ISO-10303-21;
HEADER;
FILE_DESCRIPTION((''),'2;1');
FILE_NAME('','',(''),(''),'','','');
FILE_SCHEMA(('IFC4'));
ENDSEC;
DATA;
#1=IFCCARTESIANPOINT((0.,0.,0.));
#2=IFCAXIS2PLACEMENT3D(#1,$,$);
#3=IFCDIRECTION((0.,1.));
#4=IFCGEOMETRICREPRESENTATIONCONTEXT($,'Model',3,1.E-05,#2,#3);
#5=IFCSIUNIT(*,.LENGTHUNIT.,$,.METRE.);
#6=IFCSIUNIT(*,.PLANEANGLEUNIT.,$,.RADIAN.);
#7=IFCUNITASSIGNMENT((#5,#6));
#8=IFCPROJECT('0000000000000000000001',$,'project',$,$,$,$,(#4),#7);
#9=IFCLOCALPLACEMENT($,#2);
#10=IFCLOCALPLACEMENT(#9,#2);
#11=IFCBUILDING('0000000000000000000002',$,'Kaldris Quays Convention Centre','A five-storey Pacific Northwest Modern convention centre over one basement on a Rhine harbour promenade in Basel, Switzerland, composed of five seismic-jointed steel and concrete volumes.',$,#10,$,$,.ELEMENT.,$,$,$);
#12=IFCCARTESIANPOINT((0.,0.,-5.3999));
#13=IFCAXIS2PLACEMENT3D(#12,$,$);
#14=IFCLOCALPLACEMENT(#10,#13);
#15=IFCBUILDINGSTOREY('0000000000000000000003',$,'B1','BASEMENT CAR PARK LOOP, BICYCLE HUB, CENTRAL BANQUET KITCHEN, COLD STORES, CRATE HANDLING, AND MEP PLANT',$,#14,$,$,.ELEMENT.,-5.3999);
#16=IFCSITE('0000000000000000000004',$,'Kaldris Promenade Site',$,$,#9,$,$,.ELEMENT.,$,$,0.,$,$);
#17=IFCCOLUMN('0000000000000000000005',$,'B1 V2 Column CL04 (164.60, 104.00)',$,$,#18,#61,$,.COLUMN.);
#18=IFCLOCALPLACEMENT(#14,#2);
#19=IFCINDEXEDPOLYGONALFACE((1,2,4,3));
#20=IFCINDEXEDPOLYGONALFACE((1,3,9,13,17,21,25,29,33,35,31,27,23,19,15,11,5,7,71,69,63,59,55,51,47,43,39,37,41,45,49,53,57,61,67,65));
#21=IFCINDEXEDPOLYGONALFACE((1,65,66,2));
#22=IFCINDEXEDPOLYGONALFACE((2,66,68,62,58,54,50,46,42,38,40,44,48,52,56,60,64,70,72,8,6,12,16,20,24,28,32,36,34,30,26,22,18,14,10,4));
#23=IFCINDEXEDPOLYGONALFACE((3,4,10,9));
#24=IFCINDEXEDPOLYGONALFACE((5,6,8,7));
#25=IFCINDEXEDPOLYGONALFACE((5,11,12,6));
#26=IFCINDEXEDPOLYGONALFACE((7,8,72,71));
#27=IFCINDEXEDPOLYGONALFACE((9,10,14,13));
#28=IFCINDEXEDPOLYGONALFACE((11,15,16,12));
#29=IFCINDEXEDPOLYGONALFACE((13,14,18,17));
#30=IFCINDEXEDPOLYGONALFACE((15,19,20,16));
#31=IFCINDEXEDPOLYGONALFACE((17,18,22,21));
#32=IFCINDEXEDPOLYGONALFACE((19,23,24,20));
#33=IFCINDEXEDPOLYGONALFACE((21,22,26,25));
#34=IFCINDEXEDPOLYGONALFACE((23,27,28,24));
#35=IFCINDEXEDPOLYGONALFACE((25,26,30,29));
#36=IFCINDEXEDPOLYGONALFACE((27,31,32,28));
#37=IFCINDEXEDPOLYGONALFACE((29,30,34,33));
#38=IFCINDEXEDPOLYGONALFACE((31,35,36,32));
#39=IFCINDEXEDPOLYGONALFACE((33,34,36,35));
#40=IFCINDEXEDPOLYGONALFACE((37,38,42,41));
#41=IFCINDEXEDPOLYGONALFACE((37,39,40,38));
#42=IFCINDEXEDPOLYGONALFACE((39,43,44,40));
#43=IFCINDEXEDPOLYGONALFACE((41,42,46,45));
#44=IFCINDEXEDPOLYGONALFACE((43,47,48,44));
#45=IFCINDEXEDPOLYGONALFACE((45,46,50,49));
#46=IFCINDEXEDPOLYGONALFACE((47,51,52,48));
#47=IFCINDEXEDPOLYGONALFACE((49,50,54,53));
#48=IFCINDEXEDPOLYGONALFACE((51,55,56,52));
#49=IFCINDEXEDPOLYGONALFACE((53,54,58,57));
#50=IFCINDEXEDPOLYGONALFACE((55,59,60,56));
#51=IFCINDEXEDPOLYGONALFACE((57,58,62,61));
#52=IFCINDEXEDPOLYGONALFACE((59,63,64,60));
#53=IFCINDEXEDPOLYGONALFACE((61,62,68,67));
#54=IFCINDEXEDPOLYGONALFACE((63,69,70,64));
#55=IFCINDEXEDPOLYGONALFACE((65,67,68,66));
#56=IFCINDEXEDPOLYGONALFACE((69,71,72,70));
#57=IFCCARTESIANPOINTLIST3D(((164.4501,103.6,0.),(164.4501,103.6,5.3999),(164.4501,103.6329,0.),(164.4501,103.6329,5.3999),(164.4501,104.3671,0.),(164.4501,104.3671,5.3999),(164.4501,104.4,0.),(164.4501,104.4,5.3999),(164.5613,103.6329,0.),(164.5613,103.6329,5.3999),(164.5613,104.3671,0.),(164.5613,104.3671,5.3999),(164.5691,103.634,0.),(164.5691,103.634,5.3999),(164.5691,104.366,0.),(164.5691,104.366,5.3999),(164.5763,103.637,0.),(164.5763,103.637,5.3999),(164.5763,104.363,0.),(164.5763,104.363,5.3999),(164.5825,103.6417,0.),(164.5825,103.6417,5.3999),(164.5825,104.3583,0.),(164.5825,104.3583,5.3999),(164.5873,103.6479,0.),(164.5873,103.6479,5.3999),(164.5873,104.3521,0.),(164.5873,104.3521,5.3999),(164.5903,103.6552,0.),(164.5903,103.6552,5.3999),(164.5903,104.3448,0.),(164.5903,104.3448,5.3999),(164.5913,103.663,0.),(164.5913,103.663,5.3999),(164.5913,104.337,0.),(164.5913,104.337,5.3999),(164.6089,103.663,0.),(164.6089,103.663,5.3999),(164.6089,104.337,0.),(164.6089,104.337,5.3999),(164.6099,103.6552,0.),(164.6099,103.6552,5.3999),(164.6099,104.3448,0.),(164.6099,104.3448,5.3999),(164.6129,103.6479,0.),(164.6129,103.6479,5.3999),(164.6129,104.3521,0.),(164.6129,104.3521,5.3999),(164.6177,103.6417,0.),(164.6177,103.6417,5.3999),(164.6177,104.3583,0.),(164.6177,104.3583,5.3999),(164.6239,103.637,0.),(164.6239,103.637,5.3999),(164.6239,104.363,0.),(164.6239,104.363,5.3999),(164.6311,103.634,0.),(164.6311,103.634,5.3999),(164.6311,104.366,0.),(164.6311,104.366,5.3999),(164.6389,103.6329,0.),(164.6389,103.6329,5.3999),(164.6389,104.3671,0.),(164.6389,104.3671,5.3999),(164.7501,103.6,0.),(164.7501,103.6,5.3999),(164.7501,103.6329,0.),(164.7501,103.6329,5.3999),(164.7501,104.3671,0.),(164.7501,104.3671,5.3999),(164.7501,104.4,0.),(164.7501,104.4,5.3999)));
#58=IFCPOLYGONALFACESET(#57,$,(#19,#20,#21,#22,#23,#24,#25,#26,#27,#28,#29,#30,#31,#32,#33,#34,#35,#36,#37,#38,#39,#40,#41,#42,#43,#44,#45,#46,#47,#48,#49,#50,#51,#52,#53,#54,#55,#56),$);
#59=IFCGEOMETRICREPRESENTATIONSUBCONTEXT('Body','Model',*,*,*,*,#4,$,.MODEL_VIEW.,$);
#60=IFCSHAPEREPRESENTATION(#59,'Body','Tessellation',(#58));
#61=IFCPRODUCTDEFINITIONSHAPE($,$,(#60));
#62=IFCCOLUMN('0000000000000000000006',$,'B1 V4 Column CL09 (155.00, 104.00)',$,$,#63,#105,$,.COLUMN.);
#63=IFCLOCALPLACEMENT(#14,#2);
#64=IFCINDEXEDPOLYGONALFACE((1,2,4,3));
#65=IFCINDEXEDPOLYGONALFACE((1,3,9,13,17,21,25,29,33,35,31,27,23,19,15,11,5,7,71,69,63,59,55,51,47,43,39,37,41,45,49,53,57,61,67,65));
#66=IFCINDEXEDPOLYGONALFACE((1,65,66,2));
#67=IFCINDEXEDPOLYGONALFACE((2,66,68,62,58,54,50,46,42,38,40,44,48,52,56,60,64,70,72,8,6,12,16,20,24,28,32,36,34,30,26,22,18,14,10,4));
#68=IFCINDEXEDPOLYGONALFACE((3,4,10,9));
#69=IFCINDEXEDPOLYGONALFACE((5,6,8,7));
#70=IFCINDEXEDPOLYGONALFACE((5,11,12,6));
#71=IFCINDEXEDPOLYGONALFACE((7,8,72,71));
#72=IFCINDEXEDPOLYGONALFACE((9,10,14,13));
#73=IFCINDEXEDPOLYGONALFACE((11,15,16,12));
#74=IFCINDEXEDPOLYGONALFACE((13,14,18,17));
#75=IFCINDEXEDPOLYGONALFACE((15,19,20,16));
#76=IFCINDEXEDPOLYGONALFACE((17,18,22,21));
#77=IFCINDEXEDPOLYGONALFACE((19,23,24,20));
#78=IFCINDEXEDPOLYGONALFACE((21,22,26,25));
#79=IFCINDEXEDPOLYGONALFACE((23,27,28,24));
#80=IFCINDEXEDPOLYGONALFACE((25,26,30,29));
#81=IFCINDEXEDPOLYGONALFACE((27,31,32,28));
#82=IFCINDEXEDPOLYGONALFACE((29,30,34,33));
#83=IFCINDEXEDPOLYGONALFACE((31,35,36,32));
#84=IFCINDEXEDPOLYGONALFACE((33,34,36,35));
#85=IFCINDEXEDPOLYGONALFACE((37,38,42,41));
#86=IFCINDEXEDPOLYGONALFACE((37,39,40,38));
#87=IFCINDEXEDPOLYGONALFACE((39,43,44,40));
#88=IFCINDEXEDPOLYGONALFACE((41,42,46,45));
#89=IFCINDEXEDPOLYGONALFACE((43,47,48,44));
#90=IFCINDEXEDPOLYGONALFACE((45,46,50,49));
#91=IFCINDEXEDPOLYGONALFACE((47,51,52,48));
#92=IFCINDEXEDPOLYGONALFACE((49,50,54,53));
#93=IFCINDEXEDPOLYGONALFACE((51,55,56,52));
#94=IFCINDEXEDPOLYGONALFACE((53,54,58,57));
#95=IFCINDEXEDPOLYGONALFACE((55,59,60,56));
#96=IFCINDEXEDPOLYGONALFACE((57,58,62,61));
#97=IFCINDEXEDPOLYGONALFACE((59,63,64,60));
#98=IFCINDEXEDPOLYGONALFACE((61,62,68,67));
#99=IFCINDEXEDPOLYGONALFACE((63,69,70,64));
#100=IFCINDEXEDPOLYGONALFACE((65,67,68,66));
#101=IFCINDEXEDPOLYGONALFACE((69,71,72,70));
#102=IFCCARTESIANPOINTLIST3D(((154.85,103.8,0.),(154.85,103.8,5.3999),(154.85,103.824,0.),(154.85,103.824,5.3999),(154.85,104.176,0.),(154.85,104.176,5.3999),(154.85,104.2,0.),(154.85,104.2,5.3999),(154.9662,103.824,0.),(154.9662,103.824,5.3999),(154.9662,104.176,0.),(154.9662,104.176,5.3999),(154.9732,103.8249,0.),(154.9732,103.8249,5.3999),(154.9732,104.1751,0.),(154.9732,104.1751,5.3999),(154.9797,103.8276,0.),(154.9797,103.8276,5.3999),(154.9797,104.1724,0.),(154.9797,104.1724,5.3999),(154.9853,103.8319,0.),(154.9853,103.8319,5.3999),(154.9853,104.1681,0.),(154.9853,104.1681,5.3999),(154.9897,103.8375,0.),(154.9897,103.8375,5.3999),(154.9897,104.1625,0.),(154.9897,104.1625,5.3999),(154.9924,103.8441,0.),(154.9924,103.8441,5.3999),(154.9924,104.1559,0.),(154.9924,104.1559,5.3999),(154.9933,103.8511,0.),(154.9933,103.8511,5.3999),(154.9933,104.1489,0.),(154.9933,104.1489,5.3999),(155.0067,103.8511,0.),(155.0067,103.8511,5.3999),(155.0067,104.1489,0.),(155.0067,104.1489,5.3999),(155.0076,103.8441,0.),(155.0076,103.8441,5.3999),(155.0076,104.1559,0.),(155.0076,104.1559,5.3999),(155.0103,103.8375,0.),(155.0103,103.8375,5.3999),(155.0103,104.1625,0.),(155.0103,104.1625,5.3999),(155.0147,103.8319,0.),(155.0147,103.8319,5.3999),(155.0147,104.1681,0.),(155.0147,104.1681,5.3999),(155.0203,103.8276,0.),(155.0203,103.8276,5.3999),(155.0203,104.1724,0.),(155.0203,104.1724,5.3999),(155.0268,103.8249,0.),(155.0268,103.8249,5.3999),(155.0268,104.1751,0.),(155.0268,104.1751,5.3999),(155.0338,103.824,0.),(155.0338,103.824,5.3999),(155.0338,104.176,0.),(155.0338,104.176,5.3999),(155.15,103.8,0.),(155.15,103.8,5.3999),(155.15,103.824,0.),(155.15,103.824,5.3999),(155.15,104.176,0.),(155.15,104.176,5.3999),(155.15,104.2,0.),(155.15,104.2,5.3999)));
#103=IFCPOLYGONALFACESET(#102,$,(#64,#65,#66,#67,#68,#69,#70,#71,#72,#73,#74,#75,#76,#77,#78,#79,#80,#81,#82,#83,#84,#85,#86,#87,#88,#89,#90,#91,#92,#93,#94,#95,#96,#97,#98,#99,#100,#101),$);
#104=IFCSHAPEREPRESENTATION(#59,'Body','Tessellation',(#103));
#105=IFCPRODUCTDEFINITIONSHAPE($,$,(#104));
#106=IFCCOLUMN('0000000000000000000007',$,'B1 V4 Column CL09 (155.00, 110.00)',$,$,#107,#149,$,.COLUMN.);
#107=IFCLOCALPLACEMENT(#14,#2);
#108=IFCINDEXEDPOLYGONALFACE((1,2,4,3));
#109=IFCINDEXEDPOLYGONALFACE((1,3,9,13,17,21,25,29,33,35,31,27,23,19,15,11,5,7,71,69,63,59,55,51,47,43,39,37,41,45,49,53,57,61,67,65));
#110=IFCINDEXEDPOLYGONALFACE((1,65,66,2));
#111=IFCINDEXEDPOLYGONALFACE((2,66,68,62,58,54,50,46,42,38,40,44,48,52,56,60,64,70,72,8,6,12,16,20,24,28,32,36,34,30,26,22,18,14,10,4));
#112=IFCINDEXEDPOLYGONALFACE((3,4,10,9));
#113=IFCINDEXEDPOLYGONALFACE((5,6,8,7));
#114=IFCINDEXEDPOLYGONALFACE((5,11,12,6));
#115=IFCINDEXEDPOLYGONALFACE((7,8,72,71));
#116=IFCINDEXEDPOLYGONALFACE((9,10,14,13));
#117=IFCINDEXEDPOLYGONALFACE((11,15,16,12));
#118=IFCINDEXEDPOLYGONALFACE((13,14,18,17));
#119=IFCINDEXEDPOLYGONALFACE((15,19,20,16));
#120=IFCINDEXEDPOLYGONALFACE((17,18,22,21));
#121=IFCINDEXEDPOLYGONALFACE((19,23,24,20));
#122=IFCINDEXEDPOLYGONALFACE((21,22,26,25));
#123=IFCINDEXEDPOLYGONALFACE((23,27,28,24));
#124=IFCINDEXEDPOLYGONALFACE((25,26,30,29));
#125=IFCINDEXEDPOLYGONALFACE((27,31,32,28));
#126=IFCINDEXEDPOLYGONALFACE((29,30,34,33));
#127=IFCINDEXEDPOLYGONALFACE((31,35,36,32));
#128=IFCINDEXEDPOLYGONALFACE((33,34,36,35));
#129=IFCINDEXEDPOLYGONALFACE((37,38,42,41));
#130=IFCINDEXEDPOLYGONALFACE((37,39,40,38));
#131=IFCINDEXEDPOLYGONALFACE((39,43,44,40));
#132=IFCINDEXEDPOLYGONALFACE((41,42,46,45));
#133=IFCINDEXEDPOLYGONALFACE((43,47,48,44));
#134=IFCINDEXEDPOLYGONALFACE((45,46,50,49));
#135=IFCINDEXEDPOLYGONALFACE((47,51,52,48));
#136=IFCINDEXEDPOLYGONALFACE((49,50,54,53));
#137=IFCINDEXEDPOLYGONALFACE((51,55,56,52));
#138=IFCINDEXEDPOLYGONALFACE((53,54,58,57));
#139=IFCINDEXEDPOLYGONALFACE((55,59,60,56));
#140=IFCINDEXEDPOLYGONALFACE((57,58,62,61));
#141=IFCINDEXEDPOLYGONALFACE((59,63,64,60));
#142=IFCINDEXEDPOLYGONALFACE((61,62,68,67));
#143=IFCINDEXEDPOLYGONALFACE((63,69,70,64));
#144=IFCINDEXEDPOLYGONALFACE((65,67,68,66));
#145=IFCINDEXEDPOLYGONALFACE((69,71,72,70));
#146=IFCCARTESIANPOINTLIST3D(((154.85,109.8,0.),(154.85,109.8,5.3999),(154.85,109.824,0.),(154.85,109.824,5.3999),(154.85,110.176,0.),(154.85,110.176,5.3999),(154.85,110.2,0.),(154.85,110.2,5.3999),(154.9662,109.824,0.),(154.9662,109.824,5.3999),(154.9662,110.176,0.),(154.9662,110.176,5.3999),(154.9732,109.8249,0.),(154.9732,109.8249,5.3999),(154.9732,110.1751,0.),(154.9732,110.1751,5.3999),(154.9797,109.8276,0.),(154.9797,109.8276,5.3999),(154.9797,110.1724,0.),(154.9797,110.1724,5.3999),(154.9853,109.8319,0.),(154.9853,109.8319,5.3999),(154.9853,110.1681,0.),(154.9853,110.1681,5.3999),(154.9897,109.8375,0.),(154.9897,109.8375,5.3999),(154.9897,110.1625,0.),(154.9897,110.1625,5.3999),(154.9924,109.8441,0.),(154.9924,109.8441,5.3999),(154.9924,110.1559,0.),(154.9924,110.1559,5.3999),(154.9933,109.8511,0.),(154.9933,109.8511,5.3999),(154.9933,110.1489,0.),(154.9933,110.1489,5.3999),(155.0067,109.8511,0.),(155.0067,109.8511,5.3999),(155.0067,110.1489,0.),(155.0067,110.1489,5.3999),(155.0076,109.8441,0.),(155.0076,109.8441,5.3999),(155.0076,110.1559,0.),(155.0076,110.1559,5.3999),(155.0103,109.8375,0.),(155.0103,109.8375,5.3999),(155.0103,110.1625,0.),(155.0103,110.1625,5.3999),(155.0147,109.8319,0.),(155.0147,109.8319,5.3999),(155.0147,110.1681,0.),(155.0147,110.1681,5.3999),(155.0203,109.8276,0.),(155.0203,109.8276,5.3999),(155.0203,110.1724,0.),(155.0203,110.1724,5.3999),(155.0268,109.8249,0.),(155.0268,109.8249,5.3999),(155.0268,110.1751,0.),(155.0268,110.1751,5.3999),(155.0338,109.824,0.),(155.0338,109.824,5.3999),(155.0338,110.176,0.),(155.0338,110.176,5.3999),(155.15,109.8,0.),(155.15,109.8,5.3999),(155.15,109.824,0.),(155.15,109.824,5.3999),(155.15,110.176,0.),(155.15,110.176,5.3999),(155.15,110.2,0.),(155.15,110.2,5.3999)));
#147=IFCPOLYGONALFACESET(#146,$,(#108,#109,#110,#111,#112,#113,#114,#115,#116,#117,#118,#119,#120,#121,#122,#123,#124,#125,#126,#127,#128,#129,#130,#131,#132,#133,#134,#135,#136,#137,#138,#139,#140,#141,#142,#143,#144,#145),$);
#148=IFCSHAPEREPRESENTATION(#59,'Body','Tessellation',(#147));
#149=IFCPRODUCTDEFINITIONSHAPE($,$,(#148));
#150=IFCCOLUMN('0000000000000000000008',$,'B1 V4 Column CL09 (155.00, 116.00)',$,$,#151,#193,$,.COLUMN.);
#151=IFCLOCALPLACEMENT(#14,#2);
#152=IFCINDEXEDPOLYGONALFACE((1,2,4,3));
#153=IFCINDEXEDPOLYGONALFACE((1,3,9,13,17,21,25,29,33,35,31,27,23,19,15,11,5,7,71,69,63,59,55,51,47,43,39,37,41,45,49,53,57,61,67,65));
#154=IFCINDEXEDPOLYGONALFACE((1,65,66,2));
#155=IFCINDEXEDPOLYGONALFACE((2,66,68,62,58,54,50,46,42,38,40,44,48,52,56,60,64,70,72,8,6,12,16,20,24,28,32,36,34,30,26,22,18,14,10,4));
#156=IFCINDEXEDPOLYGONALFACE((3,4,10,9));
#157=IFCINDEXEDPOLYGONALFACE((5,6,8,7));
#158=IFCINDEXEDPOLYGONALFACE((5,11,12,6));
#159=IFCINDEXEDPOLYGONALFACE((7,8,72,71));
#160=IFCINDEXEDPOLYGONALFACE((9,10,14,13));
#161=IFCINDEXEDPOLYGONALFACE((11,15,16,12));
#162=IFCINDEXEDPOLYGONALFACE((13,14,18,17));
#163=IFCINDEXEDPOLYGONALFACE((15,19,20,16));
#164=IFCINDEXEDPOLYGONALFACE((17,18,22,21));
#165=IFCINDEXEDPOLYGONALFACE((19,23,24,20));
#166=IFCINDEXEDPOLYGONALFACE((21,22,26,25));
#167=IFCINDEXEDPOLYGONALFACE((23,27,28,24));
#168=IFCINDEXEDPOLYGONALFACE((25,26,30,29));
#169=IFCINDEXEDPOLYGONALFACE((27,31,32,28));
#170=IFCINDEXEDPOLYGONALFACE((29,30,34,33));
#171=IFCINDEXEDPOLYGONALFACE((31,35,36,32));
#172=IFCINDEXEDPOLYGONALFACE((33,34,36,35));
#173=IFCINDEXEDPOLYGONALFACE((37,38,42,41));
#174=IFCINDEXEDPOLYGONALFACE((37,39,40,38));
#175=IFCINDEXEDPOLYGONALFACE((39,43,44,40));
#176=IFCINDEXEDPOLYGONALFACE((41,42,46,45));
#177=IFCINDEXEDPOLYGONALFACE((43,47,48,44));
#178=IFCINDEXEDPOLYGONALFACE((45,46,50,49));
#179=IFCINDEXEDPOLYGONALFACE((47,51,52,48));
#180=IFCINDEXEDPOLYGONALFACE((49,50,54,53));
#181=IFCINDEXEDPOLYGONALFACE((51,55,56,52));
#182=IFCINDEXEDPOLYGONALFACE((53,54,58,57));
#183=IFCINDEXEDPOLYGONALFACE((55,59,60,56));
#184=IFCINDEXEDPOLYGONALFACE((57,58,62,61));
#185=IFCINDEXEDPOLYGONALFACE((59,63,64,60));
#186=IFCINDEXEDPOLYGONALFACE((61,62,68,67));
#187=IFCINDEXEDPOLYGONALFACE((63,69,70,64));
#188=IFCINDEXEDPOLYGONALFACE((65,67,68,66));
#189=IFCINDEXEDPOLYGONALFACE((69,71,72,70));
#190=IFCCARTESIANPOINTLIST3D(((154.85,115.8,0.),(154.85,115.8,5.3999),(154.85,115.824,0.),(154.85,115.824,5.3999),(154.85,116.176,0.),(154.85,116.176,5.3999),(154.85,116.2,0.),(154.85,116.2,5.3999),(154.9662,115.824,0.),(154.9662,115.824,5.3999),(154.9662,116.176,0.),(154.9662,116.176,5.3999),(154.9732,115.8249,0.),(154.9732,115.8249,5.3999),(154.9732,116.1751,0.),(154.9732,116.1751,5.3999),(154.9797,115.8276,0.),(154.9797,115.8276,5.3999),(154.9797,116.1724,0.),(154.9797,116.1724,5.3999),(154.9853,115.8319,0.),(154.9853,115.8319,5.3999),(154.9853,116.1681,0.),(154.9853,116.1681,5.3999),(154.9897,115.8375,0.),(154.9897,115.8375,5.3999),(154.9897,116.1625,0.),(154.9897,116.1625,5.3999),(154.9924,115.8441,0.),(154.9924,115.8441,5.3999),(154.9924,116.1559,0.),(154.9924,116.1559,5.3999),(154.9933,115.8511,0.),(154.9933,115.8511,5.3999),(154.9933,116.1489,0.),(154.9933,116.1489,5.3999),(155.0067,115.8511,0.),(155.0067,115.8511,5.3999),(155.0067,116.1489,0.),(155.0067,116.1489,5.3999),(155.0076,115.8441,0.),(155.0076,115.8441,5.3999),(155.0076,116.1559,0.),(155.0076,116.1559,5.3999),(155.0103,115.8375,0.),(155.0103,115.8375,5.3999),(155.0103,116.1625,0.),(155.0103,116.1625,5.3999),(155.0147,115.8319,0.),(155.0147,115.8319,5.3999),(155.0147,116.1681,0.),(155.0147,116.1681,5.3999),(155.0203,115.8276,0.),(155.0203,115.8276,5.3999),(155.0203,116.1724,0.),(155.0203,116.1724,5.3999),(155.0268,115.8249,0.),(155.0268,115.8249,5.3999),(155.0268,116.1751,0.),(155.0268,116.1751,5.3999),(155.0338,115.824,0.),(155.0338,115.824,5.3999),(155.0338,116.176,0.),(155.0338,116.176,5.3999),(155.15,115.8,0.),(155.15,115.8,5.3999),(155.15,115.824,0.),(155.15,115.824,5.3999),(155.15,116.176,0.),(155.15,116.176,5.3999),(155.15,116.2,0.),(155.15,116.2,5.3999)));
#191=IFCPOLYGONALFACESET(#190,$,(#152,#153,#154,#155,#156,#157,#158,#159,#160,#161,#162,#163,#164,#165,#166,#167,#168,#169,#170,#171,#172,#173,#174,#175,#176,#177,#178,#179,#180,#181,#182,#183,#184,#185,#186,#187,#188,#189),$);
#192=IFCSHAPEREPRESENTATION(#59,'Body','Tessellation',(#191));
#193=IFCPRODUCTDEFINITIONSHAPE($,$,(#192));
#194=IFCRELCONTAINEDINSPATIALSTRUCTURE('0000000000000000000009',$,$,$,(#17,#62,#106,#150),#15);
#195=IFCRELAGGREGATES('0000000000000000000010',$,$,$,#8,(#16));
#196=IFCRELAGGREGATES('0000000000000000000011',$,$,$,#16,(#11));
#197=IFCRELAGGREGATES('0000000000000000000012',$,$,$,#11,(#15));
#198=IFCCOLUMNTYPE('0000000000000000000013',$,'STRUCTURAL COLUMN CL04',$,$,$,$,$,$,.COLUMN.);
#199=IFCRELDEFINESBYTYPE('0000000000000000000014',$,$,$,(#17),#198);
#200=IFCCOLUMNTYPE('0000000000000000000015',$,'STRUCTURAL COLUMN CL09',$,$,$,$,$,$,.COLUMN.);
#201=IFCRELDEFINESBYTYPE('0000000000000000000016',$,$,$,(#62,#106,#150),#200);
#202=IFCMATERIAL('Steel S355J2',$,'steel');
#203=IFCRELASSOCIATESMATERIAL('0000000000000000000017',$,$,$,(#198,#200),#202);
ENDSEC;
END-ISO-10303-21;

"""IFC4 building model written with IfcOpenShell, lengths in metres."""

from ifc_helpers import new_model, si_unit, direction, frame, origin, origin_2d, place, context, subcontext, project, spatial, i_section, extrude, material, material_profile, profile_set, type_object, element, save


model = new_model("IFC4")

# Units and contexts
model_context = context("Model", 3, precision=1e-05, world=origin(), true_north=direction((0.0, 1.0)))
body_context = subcontext(model_context, "Body", "Model", "MODEL_VIEW")
ifc_project = project(units=[si_unit("LENGTHUNIT", "METRE"), si_unit("PLANEANGLEUNIT", "RADIAN")], contexts=[model_context])

# Site, building, storey
site_placement = place(None, origin())
site = spatial("IfcSite", under=ifc_project, at=site_placement, Name="Kaldris Promenade Site", CompositionType="ELEMENT", RefElevation=0.0)
building_placement = place(site_placement, origin())
building = spatial("IfcBuilding", under=site, at=building_placement, Name="Kaldris Quays Convention Centre", Description="A five-storey Pacific Northwest Modern convention centre over one basement on a Rhine harbour promenade in Basel, Switzerland, composed of five seismic-jointed steel and concrete volumes.", CompositionType="ELEMENT")
storey_placement = place(building_placement, frame((0.0, 0.0, -5.3999)))
storey = spatial("IfcBuildingStorey", under=building, at=storey_placement, Name="B1", Description="BASEMENT CAR PARK LOOP, BICYCLE HUB, CENTRAL BANQUET KITCHEN, COLD STORES, CRATE HANDLING, AND MEP PLANT", CompositionType="ELEMENT", Elevation=-5.3999)

# Columns
ifc_material_1 = material(Name="Steel S355J2", Category="steel")
ifc_material_profile_1 = material_profile(ifc_material_1, i_section(OverallWidth=0.3, OverallDepth=0.8, WebThickness=0.0176, FlangeThickness=0.033, FilletRadius=0.03, at=origin_2d()), Name="HEB 800")
ifc_profile_set_1 = profile_set([ifc_material_profile_1], Name="Steel S355J2")
column_type_1 = type_object("IfcColumnType", Name="STRUCTURAL COLUMN CL04", PredefinedType="COLUMN", material=ifc_profile_set_1)
column_1_placement = place(storey_placement, frame((164.6001, 104.0, 0.0), z_axis=(0.0, 0.0, 1.0), x_axis=(1.0, 0.0, 0.0)))
element("IfcColumn", 1, at=column_1_placement, inside=storey, type_object=column_type_1, Name="B1 V2 Column CL04 (164.60, 104.00)", PredefinedType="COLUMN", context=body_context, shape_type="SweptSolid", body=[
    extrude(i_section(OverallWidth=0.3, OverallDepth=0.8, WebThickness=0.0176, FlangeThickness=0.033, FilletRadius=0.03, at=origin_2d()), origin(), (0.0, 0.0, 1.0), 5.3999),
])
ifc_material_profile_2 = material_profile(ifc_material_1, i_section(OverallWidth=0.3, OverallDepth=0.3999, WebThickness=0.0134, FlangeThickness=0.0239, FilletRadius=0.0271, at=origin_2d()), Name="HEB 400")
ifc_profile_set_2 = profile_set([ifc_material_profile_2], Name="Steel S355J2")
column_type_2 = type_object("IfcColumnType", Name="STRUCTURAL COLUMN CL09", PredefinedType="COLUMN", material=ifc_profile_set_2)
for number, where, z_axis, x_axis, name in (
    (2, (155.0, 104.0, 0.0), (0.0, 0.0, 1.0), (1.0, 0.0, 0.0), "B1 V4 Column CL09 (155.00, 104.00)"),
    (3, (155.0, 110.0, 0.0), (0.0, 0.0, 1.0), (1.0, 0.0, 0.0), "B1 V4 Column CL09 (155.00, 110.00)"),
    (4, (155.0, 116.0, 0.0), (0.0, 0.0, 1.0), (1.0, 0.0, 0.0), "B1 V4 Column CL09 (155.00, 116.00)"),
):
    element("IfcColumn", number, at=place(storey_placement, frame(where, z_axis=z_axis, x_axis=x_axis)), inside=storey, type_object=column_type_2, Name=name, PredefinedType="COLUMN", context=body_context, shape_type="SweptSolid", body=[
        extrude(i_section(OverallWidth=0.3, OverallDepth=0.3999, WebThickness=0.0134, FlangeThickness=0.0239, FilletRadius=0.0271, at=origin_2d()), origin(), (0.0, 0.0, 1.0), 5.3999),
    ])

save(model, "model.ifc")
